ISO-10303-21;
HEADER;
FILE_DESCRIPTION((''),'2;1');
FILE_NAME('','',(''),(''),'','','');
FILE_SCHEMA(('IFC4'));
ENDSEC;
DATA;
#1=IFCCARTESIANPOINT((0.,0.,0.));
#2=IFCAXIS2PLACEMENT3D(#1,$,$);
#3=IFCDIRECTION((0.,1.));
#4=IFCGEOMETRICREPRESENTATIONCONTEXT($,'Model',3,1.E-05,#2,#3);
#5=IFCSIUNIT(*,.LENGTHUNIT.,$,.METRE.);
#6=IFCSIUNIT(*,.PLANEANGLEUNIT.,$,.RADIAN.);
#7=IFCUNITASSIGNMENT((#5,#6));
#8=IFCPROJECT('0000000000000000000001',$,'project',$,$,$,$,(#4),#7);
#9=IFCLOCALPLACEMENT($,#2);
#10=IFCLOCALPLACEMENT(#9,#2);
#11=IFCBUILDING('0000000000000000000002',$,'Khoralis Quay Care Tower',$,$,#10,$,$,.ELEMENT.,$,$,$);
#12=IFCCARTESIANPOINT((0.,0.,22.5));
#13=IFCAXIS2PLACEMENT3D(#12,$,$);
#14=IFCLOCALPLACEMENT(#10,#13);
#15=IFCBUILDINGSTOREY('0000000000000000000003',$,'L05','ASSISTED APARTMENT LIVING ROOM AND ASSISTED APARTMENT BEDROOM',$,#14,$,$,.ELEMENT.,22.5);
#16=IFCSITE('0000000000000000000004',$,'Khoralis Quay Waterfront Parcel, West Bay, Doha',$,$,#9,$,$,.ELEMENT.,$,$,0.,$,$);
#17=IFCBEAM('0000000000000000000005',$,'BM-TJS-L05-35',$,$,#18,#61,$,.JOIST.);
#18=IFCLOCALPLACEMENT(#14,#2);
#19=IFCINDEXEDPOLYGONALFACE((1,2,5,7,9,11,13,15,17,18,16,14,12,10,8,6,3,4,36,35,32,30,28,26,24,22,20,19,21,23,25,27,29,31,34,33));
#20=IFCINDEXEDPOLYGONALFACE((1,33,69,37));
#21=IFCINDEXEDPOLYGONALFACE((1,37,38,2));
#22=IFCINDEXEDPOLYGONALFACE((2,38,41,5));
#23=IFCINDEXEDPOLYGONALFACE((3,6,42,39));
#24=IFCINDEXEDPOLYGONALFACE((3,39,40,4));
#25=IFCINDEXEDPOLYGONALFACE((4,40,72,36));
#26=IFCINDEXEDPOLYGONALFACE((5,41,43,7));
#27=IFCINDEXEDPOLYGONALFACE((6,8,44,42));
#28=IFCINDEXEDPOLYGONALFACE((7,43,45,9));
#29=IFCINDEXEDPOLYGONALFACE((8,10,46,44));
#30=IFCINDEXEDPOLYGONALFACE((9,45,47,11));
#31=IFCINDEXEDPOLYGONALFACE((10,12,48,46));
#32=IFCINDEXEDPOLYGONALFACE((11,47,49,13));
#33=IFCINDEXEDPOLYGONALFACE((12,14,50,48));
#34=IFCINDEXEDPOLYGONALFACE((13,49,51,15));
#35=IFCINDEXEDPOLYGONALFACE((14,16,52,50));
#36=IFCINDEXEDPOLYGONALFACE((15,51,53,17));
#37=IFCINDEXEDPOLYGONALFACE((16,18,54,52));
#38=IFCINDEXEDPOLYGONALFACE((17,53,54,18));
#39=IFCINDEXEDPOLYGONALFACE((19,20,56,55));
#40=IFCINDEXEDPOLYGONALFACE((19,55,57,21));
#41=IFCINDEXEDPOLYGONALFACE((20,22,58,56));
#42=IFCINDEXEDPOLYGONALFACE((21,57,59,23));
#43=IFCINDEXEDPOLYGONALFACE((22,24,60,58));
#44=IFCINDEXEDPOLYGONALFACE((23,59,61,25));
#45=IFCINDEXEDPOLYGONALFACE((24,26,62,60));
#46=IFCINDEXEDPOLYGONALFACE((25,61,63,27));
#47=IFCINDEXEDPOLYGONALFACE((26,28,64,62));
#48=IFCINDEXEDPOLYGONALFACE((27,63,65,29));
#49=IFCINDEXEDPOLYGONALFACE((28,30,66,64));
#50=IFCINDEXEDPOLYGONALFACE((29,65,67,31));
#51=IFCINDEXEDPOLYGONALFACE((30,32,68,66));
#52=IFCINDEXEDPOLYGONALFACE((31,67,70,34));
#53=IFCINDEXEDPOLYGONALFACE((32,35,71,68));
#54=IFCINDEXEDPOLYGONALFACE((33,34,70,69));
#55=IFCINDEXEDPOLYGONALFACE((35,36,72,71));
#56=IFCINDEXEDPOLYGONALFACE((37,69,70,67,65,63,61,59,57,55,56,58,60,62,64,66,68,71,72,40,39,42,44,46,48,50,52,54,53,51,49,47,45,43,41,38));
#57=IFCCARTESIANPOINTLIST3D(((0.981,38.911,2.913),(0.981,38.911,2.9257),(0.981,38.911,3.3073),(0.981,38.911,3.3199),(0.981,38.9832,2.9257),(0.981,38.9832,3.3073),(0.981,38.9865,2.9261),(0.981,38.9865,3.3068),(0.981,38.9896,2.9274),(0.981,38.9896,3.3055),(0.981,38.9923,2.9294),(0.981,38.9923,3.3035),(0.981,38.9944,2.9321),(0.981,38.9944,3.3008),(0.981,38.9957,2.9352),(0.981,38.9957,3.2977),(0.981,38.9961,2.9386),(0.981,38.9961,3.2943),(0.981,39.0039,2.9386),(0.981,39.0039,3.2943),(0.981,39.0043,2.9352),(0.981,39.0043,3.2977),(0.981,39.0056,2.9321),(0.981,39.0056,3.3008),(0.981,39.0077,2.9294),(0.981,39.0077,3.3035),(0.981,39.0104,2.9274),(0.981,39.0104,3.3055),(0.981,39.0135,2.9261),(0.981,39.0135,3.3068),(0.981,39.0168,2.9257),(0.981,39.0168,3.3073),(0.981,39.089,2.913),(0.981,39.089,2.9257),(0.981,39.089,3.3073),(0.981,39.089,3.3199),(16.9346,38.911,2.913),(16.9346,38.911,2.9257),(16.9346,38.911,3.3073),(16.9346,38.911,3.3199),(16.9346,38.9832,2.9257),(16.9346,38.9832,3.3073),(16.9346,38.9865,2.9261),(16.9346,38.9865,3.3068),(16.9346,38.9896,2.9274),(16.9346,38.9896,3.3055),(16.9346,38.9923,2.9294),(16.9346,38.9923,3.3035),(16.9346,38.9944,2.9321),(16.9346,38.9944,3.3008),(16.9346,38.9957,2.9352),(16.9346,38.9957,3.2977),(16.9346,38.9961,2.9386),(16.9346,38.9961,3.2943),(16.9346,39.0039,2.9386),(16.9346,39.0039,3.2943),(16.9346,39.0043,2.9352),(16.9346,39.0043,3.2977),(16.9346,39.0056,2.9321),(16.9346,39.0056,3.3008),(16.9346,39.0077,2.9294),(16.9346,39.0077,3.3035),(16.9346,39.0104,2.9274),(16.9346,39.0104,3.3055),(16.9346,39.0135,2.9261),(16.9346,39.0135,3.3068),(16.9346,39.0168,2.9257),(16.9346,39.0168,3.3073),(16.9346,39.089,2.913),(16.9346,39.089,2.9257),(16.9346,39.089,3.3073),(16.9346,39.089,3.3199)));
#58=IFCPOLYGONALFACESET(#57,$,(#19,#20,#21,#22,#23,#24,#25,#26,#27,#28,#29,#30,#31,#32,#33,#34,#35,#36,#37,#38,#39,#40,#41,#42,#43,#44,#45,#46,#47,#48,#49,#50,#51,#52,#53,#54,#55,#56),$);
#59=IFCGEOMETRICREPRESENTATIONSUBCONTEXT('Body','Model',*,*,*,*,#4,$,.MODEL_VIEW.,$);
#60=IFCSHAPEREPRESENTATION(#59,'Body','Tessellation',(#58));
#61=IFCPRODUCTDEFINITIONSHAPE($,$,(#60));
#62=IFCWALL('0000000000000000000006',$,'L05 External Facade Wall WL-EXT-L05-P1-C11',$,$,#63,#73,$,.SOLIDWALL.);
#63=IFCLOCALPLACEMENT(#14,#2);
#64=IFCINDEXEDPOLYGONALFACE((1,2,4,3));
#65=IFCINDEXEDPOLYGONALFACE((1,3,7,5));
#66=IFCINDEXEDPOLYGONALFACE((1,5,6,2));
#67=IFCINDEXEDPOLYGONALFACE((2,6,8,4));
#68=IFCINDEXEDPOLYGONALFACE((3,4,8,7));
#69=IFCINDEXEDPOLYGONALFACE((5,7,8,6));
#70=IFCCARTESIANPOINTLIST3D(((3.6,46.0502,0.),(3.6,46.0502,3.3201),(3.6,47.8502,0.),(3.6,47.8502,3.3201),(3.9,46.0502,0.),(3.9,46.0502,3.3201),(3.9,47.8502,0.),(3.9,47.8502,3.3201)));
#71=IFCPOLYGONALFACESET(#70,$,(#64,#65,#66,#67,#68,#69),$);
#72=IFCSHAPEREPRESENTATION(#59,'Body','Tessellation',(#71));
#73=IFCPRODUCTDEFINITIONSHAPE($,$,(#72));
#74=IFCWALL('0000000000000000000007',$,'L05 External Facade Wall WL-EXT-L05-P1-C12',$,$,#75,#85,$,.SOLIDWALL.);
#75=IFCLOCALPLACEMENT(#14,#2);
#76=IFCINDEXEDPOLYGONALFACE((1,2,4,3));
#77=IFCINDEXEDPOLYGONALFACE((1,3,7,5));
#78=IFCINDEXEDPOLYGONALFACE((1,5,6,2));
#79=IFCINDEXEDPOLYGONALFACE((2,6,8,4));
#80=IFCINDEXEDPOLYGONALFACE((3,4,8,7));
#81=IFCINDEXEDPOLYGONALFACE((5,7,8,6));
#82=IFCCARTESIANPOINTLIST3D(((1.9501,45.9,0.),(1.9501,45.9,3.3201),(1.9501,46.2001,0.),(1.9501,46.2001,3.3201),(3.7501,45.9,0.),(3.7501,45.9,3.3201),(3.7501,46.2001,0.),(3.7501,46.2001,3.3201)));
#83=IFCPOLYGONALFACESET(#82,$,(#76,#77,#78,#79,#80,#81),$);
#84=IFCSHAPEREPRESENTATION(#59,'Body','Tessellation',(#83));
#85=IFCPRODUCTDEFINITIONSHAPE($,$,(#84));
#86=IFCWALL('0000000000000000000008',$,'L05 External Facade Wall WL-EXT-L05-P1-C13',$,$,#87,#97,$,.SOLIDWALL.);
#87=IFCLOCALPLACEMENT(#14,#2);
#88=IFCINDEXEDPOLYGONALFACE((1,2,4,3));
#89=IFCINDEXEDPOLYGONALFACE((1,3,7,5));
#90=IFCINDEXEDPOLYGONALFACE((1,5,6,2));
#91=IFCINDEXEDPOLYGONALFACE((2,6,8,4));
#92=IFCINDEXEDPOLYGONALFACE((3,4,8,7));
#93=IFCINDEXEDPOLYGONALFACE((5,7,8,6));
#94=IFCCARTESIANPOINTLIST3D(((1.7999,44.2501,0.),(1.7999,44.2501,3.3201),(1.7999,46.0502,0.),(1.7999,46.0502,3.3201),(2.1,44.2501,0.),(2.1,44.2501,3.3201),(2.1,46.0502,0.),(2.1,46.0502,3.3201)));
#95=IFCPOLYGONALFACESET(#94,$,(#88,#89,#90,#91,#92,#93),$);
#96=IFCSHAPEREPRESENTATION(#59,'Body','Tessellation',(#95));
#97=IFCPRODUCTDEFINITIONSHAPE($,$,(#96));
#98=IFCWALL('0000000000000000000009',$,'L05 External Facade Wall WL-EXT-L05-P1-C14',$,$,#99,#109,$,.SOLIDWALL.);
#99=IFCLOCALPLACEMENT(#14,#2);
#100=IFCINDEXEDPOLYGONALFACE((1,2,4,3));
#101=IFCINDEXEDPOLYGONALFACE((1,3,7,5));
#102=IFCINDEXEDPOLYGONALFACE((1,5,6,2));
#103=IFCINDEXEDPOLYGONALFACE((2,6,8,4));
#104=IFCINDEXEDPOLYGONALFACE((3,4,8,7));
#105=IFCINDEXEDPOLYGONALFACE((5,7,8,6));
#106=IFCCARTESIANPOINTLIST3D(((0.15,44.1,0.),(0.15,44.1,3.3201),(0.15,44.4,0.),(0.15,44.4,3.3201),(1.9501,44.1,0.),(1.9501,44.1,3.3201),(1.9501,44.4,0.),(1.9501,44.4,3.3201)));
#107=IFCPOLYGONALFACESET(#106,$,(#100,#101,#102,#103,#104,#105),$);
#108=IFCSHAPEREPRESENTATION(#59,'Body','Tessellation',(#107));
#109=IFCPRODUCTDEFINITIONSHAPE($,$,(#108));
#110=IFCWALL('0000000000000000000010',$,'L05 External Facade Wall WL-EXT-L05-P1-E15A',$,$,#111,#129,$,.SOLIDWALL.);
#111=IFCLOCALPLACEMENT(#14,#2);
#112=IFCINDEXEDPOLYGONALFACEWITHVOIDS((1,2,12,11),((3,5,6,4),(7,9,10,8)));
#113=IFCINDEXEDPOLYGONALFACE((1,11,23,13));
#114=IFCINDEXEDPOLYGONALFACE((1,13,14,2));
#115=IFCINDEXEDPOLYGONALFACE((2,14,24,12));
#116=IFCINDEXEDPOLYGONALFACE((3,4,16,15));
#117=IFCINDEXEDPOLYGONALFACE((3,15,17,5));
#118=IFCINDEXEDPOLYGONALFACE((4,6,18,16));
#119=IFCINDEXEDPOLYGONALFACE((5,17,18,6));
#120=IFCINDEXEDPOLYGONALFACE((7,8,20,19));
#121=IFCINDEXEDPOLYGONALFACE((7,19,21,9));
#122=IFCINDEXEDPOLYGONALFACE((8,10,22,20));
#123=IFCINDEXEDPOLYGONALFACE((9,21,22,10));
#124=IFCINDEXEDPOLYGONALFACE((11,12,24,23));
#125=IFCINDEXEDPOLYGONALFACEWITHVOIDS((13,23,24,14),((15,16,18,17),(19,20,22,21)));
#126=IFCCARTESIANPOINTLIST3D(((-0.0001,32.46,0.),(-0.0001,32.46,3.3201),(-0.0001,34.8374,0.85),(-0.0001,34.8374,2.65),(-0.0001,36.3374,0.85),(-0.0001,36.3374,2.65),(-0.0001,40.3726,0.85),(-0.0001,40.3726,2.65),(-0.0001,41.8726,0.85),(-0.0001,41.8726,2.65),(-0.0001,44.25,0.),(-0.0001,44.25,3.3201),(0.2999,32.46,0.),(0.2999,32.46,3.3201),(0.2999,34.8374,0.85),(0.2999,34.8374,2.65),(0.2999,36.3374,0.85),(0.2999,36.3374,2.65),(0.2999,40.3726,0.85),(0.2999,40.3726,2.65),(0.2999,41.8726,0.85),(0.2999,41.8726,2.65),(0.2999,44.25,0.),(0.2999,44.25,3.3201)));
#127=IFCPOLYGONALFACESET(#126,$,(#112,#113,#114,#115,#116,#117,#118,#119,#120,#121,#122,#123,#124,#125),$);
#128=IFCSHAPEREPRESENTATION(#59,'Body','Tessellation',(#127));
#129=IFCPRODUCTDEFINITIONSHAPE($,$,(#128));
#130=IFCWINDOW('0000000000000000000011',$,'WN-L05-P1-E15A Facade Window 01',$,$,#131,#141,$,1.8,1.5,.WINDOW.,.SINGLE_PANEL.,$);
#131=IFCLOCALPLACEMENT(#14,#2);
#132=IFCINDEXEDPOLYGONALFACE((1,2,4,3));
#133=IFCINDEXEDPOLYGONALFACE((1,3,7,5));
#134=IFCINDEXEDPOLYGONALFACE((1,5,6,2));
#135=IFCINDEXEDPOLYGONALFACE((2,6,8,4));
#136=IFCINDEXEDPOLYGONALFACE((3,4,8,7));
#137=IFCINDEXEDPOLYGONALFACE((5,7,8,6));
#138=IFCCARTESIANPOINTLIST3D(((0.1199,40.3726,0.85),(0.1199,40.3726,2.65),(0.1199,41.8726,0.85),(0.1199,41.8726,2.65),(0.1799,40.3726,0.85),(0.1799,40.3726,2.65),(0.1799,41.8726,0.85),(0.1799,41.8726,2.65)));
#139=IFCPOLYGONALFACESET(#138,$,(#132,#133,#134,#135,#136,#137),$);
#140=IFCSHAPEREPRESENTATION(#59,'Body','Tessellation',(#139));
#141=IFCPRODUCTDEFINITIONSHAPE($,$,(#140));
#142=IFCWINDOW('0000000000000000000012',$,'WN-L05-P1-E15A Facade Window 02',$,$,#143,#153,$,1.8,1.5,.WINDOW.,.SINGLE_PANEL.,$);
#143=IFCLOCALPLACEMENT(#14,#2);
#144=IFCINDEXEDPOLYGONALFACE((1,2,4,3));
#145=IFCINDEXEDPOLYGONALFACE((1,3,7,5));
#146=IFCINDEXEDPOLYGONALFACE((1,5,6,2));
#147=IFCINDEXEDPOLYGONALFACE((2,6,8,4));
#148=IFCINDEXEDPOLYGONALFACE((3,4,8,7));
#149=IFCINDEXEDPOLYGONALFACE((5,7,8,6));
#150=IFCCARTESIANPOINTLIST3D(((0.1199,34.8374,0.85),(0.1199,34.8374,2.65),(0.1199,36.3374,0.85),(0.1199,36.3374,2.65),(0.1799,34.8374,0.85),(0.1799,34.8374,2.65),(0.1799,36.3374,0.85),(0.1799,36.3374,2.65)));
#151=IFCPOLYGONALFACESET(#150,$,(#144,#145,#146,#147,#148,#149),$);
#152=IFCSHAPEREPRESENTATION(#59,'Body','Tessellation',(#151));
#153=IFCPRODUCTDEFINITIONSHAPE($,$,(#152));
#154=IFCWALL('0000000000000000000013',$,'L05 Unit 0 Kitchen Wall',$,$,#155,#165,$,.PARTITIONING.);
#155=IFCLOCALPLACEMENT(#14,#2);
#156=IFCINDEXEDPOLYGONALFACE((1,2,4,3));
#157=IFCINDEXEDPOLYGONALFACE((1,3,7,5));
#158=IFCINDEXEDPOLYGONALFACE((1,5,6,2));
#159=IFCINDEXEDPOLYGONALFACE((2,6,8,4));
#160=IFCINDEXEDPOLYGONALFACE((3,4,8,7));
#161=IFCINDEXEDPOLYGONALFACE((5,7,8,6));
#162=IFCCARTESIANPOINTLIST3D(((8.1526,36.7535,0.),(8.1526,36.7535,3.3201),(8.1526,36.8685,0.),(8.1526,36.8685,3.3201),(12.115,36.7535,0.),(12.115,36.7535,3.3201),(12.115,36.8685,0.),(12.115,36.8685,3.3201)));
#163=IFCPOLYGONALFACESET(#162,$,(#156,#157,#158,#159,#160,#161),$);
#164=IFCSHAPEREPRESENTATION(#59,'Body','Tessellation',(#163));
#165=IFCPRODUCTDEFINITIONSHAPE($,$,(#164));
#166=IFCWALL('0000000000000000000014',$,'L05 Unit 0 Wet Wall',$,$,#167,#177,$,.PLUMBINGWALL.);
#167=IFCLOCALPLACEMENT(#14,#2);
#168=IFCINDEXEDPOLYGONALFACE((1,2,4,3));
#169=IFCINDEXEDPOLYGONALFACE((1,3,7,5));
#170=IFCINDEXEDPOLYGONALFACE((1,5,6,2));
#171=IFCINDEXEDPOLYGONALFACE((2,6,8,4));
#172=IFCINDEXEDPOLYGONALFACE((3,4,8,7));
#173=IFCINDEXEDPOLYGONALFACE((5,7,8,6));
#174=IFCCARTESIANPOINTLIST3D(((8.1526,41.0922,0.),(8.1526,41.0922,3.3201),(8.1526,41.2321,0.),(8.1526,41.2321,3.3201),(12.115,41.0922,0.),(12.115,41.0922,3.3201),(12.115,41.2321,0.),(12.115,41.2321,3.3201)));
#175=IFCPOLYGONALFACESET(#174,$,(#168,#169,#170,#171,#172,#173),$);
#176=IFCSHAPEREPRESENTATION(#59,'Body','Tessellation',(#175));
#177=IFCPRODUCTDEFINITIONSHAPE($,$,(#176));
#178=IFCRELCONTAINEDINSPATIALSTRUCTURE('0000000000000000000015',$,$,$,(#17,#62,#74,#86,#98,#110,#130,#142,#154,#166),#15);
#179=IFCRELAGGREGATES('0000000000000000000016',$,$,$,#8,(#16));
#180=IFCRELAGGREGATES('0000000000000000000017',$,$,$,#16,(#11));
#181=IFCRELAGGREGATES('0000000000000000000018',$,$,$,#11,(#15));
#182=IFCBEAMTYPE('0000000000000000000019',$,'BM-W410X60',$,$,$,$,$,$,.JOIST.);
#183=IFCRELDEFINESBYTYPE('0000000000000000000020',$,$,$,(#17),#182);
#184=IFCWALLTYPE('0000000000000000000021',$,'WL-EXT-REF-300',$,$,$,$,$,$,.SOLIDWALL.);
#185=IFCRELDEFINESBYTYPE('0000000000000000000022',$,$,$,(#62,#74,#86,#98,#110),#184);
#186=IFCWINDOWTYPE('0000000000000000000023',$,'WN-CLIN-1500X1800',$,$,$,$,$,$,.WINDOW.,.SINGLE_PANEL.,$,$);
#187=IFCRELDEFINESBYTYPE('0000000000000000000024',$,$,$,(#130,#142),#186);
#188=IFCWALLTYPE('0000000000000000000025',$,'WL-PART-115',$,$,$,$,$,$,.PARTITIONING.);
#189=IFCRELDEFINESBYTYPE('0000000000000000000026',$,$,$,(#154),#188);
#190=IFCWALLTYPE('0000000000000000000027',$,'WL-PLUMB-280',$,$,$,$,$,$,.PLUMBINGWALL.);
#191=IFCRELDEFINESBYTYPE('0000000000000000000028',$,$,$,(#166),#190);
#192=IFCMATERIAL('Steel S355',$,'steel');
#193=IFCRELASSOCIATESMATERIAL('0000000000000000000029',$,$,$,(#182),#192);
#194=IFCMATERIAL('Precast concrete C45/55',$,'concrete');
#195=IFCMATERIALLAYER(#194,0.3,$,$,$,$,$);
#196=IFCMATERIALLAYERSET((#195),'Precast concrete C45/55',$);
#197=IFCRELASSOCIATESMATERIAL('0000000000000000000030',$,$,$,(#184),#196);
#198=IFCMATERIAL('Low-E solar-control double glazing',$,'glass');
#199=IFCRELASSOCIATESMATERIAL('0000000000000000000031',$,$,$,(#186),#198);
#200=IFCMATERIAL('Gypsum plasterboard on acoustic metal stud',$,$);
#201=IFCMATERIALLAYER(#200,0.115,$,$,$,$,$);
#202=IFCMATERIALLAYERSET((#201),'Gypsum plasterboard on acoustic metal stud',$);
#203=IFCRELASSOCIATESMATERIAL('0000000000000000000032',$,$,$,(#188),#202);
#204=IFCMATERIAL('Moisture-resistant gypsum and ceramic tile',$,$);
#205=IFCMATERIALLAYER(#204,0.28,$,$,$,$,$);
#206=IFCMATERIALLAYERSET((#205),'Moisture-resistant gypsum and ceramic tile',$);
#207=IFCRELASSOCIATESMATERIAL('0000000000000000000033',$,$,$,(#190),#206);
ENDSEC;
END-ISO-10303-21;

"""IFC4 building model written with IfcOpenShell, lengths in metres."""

from ifc_helpers import new_model, si_unit, direction, frame, frame_2d, origin, origin_2d, place, context, subcontext, project, spatial, rectangle, i_section, extrude, source, transform, mapped, material, layer, layer_set, material_profile, profile_set, type_object, element, fill, save


model = new_model("IFC4")

# Units and contexts
model_context = context("Model", 3, precision=1e-05, world=origin(), true_north=direction((0.0, 1.0)))
body_context = subcontext(model_context, "Body", "Model", "MODEL_VIEW")
ifc_project = project(units=[si_unit("LENGTHUNIT", "METRE"), si_unit("PLANEANGLEUNIT", "RADIAN")], contexts=[model_context])

# Site, building, storey
site_placement = place(None, origin())
site = spatial("IfcSite", under=ifc_project, at=site_placement, Name="Khoralis Quay Waterfront Parcel, West Bay, Doha", CompositionType="ELEMENT", RefElevation=0.0)
building_placement = place(site_placement, origin())
building = spatial("IfcBuilding", under=site, at=building_placement, Name="Khoralis Quay Care Tower", CompositionType="ELEMENT")
storey_placement = place(building_placement, frame((0.0, 0.0, 22.5)))
storey = spatial("IfcBuildingStorey", under=building, at=storey_placement, Name="L05", Description="ASSISTED APARTMENT LIVING ROOM AND ASSISTED APARTMENT BEDROOM", CompositionType="ELEMENT", Elevation=22.5)

# Beam
ifc_material_1 = material(Name="Steel S355", Category="steel")
ifc_material_profile_1 = material_profile(ifc_material_1, i_section(OverallWidth=0.178, OverallDepth=0.407, WebThickness=0.0078, FlangeThickness=0.0127, FilletRadius=0.0129, at=origin_2d()), Name="Steel S355")
ifc_profile_set_1 = profile_set([ifc_material_profile_1], Name="Steel S355")
beam_type_1 = type_object("IfcBeamType", Name="BM-W410X60", PredefinedType="JOIST", material=ifc_profile_set_1)
shared_shape_1 = source(origin(), body_context, "Body", "SweptSolid", [
    extrude(i_section(OverallWidth=0.178, OverallDepth=0.407, WebThickness=0.0078, FlangeThickness=0.0127, FilletRadius=0.0129, at=origin_2d()), origin(), (0.0, 0.0, 1.0), 15.9536),
])
for number, where, z_axis, x_axis, name in (
    (1, (0.981, 39.0, 3.1165), (1.0, 0.0, 0.0), (0.0, 1.0, 0.0), "BM-TJS-L05-35"),
):
    element("IfcBeam", number, at=place(storey_placement, frame(where, z_axis=z_axis, x_axis=x_axis)), inside=storey, type_object=beam_type_1, Name=name, PredefinedType="JOIST", context=body_context, shape_type="MappedRepresentation", body=[
        mapped(shared_shape_1, transform((0.0, 0.0, 0.0), scale=1.0)),
    ])

# Walls
ifc_material_2 = material(Name="Precast concrete C45/55", Category="concrete")
ifc_layer_1 = layer(ifc_material_2, 0.3)
ifc_layer_set_1 = layer_set([ifc_layer_1], Name="Precast concrete C45/55")
wall_type_1 = type_object("IfcWallType", Name="WL-EXT-REF-300", PredefinedType="SOLIDWALL", material=ifc_layer_set_1)
for number, where, z_axis, x_axis, name in (
    (2, (3.75, 47.8501, 0.0), (0.0, 0.0, 1.0), (0.0, -1.0, 0.0), "L05 External Facade Wall WL-EXT-L05-P1-C11"),
    (3, (3.75, 46.05, 0.0), (0.0, 0.0, 1.0), (-1.0, 0.0, 0.0), "L05 External Facade Wall WL-EXT-L05-P1-C12"),
    (4, (1.95, 46.05, 0.0), (0.0, 0.0, 1.0), (0.0, -1.0, 0.0), "L05 External Facade Wall WL-EXT-L05-P1-C13"),
    (5, (1.95, 44.25, 0.0), (0.0, 0.0, 1.0), (-1.0, 0.0, 0.0), "L05 External Facade Wall WL-EXT-L05-P1-C14"),
):
    element("IfcWall", number, at=place(storey_placement, frame(where, z_axis=z_axis, x_axis=x_axis)), inside=storey, type_object=wall_type_1, Name=name, PredefinedType="SOLIDWALL", context=body_context, shape_type="SweptSolid", body=[
        extrude(rectangle(XDim=1.8, YDim=0.3, at=frame_2d((0.8999, 0.0))), origin(), (0.0, 0.0, 1.0), 3.3201),
    ])

# Wall, openings, windows
wall_1_placement = place(storey_placement, frame((0.1499, 44.25, 0.0), z_axis=(0.0, 0.0, 1.0), x_axis=(0.0, -1.0, 0.0)))
wall_1 = element("IfcWall", 6, at=wall_1_placement, inside=storey, type_object=wall_type_1, Name="L05 External Facade Wall WL-EXT-L05-P1-E15A", PredefinedType="SOLIDWALL", context=body_context, shape_type="SweptSolid", body=[
    extrude(rectangle(XDim=11.79, YDim=0.3, at=frame_2d((5.895, 0.0))), origin(), (0.0, 0.0, 1.0), 3.3201),
])
opening_1_placement = place(wall_1_placement, frame((2.3774, 0.0, 0.8501)))
opening_1 = element("IfcOpeningElement", 7, at=opening_1_placement, cuts=wall_1, PredefinedType="OPENING", context=body_context, shape_type="SweptSolid", body=[
    extrude(rectangle(XDim=1.5, YDim=1.8, at=frame_2d((0.75, 0.8999))), frame((0.0, 0.1602, 0.0), z_axis=(0.0, -1.0, 0.0), x_axis=(1.0, 0.0, 0.0)), (0.0, 0.0, 1.0), 0.3201),
])
opening_2_placement = place(wall_1_placement, frame((7.9126, 0.0, 0.8501)))
opening_2 = element("IfcOpeningElement", 8, at=opening_2_placement, cuts=wall_1, PredefinedType="OPENING", context=body_context, shape_type="SweptSolid", body=[
    extrude(rectangle(XDim=1.5, YDim=1.8, at=frame_2d((0.75, 0.8999))), frame((0.0, 0.1602, 0.0), z_axis=(0.0, -1.0, 0.0), x_axis=(1.0, 0.0, 0.0)), (0.0, 0.0, 1.0), 0.3201),
])
ifc_material_3 = material(Name="Low-E solar-control double glazing", Category="glass")
window_type = type_object("IfcWindowType", Name="WN-CLIN-1500X1800", PartitioningType="SINGLE_PANEL", PredefinedType="WINDOW", material=ifc_material_3)
shared_shape_2 = source(origin(), body_context, "Body", "SweptSolid", [
    extrude(rectangle(XDim=1.5, YDim=1.8, at=frame_2d((0.75, 0.8999))), frame((0.0, 0.03, 0.0), z_axis=(0.0, -1.0, 0.0), x_axis=(1.0, 0.0, 0.0)), (0.0, 0.0, 1.0), 0.0601),
])
window_1_placement = place(opening_1_placement, origin())
window_1 = element("IfcWindow", 9, at=window_1_placement, inside=storey, type_object=window_type, Name="WN-L05-P1-E15A Facade Window 01", OverallHeight=1.8, OverallWidth=1.5, PartitioningType="SINGLE_PANEL", PredefinedType="WINDOW", context=body_context, shape_type="MappedRepresentation", body=[
    mapped(shared_shape_2, transform((0.0, 0.0, 0.0), scale=1.0)),
])
fill(opening_1, window_1)
window_2_placement = place(opening_2_placement, origin())
window_2 = element("IfcWindow", 10, at=window_2_placement, inside=storey, type_object=window_type, Name="WN-L05-P1-E15A Facade Window 02", OverallHeight=1.8, OverallWidth=1.5, PartitioningType="SINGLE_PANEL", PredefinedType="WINDOW", context=body_context, shape_type="MappedRepresentation", body=[
    mapped(shared_shape_2, transform((0.0, 0.0, 0.0), scale=1.0)),
])
fill(opening_2, window_2)

# Walls
ifc_material_4 = material(Name="Gypsum plasterboard on acoustic metal stud")
ifc_layer_2 = layer(ifc_material_4, 0.115)
ifc_layer_set_2 = layer_set([ifc_layer_2], Name="Gypsum plasterboard on acoustic metal stud")
wall_type_2 = type_object("IfcWallType", Name="WL-PART-115", PredefinedType="PARTITIONING", material=ifc_layer_set_2)
wall_2_placement = place(storey_placement, frame((8.1526, 36.811, 0.0), z_axis=(0.0, 0.0, 1.0), x_axis=(1.0, 0.0, 0.0)))
element("IfcWall", 11, at=wall_2_placement, inside=storey, type_object=wall_type_2, Name="L05 Unit 0 Kitchen Wall", PredefinedType="PARTITIONING", context=body_context, shape_type="SweptSolid", body=[
    extrude(rectangle(XDim=3.9624, YDim=0.115, at=frame_2d((1.9812, 0.0))), origin(), (0.0, 0.0, 1.0), 3.3201),
])
ifc_material_5 = material(Name="Moisture-resistant gypsum and ceramic tile")
ifc_layer_3 = layer(ifc_material_5, 0.28)
ifc_layer_set_3 = layer_set([ifc_layer_3], Name="Moisture-resistant gypsum and ceramic tile")
wall_type_3 = type_object("IfcWallType", Name="WL-PLUMB-280", PredefinedType="PLUMBINGWALL", material=ifc_layer_set_3)
wall_3_placement = place(storey_placement, frame((8.1526, 41.1621, 0.0), z_axis=(0.0, 0.0, 1.0), x_axis=(1.0, 0.0, 0.0)))
element("IfcWall", 12, at=wall_3_placement, inside=storey, type_object=wall_type_3, Name="L05 Unit 0 Wet Wall", PredefinedType="PLUMBINGWALL", context=body_context, shape_type="SweptSolid", body=[
    extrude(rectangle(XDim=3.9624, YDim=0.1399, at=frame_2d((1.9812, 0.0))), origin(), (0.0, 0.0, 1.0), 3.3201),
])

save(model, "model.ifc")
